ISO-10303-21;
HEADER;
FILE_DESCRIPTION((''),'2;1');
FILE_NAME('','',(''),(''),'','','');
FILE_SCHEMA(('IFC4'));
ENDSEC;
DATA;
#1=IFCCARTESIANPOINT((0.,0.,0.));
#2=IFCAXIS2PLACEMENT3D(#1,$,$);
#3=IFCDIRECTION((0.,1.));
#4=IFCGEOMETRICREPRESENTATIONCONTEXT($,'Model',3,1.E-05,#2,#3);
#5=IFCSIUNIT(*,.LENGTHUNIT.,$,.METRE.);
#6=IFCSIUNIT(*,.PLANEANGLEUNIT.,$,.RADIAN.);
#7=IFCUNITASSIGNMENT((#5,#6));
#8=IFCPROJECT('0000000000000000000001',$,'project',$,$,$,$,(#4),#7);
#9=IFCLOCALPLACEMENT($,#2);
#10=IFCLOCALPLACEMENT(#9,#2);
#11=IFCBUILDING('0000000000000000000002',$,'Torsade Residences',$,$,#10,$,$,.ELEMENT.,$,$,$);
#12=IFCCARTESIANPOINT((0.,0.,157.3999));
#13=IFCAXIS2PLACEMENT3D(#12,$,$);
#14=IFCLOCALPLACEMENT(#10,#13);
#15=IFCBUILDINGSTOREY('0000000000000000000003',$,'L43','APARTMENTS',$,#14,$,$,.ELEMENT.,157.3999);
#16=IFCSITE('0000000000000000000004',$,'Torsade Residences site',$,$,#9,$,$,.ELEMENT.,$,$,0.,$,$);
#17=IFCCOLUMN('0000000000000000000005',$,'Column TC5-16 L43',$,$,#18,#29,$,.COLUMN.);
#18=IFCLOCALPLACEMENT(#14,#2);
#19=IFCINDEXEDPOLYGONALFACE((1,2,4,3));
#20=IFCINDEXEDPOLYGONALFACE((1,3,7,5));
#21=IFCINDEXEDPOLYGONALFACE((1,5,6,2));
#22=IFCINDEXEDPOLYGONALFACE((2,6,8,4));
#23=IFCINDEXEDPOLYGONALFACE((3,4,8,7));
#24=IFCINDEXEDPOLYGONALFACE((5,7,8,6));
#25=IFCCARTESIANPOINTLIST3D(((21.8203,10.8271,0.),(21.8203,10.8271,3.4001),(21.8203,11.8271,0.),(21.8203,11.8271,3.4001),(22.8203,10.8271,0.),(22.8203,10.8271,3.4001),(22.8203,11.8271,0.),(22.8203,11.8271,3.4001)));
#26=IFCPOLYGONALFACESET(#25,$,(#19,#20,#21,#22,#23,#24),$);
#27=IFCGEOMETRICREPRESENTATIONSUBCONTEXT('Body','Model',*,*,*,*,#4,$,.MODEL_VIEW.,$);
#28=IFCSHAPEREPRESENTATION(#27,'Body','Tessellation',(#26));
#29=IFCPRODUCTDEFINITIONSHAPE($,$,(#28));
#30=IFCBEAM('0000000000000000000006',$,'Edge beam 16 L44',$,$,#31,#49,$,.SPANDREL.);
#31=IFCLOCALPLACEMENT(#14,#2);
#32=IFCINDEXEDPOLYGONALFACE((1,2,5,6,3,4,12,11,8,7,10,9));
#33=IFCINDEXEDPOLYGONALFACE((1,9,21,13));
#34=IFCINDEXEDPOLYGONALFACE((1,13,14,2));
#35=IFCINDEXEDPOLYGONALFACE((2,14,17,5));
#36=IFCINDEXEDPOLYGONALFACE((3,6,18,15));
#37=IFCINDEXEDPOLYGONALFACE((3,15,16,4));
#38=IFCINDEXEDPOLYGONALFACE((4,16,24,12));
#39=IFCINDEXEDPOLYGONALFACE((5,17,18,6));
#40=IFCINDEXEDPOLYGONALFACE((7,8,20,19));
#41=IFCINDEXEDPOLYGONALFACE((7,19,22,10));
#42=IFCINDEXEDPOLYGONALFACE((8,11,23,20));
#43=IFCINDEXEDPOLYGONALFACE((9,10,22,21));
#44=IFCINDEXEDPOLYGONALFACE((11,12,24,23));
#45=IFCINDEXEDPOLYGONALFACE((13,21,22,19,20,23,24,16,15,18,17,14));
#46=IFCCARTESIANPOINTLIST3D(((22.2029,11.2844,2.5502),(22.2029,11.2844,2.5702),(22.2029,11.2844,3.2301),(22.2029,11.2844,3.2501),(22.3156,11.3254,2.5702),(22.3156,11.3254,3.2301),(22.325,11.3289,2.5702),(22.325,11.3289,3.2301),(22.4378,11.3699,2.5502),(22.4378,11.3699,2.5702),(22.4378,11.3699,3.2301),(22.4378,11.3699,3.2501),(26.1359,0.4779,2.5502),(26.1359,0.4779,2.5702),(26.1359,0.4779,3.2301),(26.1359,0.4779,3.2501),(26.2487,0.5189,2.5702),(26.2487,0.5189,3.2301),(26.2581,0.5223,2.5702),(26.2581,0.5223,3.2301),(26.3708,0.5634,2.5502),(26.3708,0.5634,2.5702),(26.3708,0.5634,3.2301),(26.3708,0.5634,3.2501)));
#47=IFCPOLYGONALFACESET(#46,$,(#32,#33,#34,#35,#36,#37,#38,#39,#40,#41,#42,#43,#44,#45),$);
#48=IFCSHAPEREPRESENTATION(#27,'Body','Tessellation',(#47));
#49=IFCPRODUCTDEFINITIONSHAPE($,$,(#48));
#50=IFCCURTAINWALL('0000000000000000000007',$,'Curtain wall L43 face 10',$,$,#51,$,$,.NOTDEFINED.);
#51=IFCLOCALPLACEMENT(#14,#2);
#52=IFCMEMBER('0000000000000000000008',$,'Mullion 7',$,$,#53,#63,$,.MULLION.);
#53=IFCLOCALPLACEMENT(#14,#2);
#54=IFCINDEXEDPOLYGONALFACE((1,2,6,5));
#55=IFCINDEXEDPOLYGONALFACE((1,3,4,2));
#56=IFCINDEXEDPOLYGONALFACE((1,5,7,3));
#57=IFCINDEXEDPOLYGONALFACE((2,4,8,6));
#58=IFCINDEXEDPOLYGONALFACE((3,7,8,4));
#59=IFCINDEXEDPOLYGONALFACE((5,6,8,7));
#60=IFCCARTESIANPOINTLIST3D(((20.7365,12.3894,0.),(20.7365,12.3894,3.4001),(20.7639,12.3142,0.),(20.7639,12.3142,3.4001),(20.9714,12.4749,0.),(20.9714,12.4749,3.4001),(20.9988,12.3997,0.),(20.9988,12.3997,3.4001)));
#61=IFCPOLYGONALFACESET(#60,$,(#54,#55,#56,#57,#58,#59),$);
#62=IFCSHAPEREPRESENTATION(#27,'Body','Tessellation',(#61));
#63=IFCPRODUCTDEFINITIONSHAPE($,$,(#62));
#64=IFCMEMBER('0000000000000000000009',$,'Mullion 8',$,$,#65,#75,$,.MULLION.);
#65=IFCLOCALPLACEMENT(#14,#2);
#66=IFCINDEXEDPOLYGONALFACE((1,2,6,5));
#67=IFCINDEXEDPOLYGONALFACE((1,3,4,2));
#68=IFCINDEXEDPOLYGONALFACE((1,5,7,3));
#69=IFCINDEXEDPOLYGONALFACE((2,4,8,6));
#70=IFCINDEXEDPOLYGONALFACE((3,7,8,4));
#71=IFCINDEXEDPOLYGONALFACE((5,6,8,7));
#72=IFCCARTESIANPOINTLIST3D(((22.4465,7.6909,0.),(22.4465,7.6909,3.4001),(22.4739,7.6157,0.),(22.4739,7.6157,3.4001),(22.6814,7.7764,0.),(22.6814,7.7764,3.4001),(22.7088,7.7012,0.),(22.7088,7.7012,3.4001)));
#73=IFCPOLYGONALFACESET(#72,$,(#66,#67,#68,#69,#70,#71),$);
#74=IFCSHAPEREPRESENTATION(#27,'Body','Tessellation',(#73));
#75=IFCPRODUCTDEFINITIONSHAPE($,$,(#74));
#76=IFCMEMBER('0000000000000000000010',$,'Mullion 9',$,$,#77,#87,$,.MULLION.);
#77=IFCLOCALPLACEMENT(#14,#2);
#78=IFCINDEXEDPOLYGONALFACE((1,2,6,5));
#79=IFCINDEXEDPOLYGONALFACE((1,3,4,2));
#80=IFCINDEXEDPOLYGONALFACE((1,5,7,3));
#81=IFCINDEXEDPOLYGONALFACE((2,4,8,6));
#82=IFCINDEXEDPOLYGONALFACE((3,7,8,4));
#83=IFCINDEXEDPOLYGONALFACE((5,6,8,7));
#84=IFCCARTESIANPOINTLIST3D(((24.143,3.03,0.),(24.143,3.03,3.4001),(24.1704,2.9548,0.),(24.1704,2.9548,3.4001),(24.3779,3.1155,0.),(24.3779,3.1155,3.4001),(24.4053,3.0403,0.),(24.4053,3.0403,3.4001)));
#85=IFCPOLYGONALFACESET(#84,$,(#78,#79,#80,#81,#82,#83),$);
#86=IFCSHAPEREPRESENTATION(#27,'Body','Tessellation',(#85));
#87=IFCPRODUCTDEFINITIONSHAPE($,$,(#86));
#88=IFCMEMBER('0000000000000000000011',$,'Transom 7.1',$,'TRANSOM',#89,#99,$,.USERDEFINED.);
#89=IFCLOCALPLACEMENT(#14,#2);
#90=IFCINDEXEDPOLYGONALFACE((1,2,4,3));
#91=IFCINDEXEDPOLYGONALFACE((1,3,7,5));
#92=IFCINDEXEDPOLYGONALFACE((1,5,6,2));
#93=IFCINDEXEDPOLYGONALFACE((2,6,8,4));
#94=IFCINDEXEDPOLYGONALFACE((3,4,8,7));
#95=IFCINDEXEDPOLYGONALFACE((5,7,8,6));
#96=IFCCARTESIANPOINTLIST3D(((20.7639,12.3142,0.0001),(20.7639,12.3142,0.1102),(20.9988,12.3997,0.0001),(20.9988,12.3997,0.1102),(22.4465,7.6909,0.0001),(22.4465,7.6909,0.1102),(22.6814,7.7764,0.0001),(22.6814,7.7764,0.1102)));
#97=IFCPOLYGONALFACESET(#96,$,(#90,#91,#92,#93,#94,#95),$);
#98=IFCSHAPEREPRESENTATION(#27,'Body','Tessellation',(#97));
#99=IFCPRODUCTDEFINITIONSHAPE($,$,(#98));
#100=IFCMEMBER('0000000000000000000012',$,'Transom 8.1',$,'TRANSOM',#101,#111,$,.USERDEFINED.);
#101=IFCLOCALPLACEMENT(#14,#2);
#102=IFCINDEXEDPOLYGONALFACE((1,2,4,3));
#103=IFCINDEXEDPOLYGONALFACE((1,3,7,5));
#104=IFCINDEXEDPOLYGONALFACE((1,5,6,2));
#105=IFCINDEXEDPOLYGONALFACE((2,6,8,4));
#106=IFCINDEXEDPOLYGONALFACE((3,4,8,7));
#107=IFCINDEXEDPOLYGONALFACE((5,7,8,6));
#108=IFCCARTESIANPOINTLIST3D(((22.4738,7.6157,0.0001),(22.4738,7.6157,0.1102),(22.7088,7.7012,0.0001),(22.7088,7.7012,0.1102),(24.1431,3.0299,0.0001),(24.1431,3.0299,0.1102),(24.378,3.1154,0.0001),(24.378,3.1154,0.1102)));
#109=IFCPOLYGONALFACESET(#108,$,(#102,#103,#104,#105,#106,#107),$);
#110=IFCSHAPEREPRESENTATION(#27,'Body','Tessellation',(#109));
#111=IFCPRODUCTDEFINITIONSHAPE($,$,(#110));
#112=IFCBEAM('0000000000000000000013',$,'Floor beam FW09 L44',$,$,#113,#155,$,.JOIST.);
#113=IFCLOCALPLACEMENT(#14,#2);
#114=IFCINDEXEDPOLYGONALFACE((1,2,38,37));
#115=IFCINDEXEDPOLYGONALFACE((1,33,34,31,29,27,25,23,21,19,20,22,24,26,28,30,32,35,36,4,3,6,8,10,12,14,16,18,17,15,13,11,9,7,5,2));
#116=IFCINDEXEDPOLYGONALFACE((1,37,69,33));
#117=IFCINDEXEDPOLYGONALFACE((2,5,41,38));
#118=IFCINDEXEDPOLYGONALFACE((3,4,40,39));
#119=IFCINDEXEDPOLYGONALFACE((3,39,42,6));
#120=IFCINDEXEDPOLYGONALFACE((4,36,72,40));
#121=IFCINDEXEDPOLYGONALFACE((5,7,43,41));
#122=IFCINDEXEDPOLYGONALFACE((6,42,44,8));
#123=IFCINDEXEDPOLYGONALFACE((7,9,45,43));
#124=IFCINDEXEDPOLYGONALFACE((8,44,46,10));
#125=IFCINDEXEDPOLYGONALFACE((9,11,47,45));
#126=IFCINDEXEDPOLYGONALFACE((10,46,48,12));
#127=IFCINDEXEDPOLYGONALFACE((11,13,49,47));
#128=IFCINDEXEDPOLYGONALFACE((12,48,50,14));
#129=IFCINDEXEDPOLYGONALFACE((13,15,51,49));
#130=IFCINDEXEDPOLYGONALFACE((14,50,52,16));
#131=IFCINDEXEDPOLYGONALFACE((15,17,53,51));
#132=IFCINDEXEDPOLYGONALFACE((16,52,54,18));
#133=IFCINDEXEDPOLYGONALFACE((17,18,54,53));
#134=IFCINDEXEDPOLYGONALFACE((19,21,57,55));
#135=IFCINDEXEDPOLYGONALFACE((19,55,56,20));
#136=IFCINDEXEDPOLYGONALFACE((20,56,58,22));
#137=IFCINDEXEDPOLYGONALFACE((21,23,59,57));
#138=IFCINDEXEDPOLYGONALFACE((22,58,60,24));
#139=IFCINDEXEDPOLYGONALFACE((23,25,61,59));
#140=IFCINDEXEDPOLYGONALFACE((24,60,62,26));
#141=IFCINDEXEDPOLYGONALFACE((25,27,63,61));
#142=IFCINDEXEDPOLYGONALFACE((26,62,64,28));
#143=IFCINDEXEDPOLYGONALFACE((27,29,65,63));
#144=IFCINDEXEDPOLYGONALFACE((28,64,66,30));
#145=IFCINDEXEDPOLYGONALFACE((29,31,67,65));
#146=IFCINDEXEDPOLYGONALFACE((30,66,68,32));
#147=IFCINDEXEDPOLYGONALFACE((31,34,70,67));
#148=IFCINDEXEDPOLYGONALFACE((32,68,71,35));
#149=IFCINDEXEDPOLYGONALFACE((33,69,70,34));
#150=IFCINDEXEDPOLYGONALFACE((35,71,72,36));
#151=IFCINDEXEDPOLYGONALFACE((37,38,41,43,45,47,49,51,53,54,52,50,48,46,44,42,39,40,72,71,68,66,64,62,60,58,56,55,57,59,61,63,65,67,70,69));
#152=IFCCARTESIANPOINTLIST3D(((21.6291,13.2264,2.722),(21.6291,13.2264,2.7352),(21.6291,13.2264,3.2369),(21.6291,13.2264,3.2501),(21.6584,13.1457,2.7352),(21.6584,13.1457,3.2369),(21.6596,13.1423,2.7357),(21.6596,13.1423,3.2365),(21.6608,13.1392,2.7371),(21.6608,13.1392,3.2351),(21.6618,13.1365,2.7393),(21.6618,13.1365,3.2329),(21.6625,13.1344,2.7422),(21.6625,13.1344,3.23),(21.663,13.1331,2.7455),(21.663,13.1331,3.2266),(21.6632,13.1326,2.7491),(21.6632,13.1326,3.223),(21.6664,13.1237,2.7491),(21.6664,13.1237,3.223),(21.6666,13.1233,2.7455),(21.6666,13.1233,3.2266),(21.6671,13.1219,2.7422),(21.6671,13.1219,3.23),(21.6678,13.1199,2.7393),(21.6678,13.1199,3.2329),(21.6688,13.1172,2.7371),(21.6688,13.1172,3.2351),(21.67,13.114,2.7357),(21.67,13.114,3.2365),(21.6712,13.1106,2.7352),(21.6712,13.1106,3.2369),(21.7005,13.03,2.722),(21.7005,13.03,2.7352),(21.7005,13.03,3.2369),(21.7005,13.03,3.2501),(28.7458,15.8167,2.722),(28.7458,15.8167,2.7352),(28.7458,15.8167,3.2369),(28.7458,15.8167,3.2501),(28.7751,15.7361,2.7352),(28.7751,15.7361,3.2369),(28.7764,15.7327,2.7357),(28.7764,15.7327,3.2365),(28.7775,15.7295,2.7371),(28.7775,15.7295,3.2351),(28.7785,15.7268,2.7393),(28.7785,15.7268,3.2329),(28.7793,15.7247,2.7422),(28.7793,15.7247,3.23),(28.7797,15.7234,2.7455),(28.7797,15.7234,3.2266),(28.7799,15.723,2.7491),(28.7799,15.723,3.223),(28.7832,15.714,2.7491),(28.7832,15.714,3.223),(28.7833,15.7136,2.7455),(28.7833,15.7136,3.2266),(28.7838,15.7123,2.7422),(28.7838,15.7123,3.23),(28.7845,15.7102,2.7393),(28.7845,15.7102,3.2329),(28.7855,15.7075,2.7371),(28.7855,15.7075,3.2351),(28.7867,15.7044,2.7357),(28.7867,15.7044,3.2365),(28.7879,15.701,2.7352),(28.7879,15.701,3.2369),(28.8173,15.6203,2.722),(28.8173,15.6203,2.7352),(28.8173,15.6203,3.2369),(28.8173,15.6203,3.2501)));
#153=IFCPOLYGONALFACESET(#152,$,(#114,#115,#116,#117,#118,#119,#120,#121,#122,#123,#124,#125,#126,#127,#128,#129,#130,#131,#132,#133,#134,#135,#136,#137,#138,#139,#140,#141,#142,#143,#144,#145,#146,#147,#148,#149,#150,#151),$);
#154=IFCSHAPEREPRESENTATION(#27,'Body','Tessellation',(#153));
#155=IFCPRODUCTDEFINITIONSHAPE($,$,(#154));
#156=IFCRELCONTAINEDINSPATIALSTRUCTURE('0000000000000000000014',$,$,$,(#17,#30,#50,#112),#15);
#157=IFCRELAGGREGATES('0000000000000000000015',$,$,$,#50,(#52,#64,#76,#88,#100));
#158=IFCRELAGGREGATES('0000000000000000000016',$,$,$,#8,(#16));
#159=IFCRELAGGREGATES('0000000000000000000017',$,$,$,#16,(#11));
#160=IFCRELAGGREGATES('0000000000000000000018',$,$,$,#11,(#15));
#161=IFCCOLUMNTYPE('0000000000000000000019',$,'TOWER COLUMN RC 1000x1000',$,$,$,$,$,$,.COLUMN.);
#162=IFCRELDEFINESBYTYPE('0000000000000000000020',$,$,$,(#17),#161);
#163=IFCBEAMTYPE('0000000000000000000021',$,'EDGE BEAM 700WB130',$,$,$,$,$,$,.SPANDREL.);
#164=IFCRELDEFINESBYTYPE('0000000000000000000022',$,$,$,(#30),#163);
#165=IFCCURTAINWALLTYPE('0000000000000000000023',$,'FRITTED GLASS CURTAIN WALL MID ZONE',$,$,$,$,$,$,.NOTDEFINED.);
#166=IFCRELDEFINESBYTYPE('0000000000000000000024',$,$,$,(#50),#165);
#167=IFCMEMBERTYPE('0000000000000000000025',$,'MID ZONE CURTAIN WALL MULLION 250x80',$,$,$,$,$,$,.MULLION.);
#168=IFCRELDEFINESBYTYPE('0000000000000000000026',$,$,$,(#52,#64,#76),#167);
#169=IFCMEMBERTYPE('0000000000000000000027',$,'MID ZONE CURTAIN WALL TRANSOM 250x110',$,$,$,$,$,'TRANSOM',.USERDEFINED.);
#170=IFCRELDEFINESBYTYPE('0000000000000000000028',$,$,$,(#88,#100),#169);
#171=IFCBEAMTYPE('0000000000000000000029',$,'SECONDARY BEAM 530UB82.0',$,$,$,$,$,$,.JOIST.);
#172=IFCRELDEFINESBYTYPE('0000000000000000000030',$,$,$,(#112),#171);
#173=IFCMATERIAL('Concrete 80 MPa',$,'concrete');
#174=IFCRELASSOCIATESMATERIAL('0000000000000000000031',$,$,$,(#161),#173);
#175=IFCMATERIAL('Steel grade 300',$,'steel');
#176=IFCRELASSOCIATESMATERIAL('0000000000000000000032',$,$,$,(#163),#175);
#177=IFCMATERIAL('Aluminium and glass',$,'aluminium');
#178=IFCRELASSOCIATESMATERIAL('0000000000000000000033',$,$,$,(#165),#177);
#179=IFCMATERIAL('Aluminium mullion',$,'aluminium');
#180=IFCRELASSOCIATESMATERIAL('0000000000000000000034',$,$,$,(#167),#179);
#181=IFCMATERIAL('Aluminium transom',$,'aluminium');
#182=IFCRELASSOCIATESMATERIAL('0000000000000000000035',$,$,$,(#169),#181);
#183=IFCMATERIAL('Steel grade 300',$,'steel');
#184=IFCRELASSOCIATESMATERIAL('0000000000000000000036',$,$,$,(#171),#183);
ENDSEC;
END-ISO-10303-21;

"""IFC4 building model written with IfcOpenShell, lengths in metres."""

from ifc_helpers import new_model, si_unit, direction, frame, origin, origin_2d, place, context, subcontext, project, spatial, rectangle, i_section, extrude, material, material_profile, profile_set, type_object, element, aggregate, save


model = new_model("IFC4")

# Units and contexts
model_context = context("Model", 3, precision=1e-05, world=origin(), true_north=direction((0.0, 1.0)))
body_context = subcontext(model_context, "Body", "Model", "MODEL_VIEW")
ifc_project = project(units=[si_unit("LENGTHUNIT", "METRE"), si_unit("PLANEANGLEUNIT", "RADIAN")], contexts=[model_context])

# Site, building, storey
site_placement = place(None, origin())
site = spatial("IfcSite", under=ifc_project, at=site_placement, Name="Torsade Residences site", CompositionType="ELEMENT", RefElevation=0.0)
building_placement = place(site_placement, origin())
building = spatial("IfcBuilding", under=site, at=building_placement, Name="Torsade Residences", CompositionType="ELEMENT")
storey_placement = place(building_placement, frame((0.0, 0.0, 157.3999)))
storey = spatial("IfcBuildingStorey", under=building, at=storey_placement, Name="L43", Description="APARTMENTS", CompositionType="ELEMENT", Elevation=157.3999)

# Column
ifc_material_1 = material(Name="Concrete 80 MPa", Category="concrete")
ifc_material_profile_1 = material_profile(ifc_material_1, rectangle(XDim=1.0, YDim=1.0, at=origin_2d()), Name="RC 1000x1000")
ifc_profile_set_1 = profile_set([ifc_material_profile_1], Name="Concrete 80 MPa")
column_type = type_object("IfcColumnType", Name="TOWER COLUMN RC 1000x1000", PredefinedType="COLUMN", material=ifc_profile_set_1)
column_placement = place(storey_placement, frame((22.3203, 11.3271, 0.0), z_axis=(0.0, 0.0, 1.0), x_axis=(1.0, 0.0, 0.0)))
element("IfcColumn", 1, at=column_placement, inside=storey, type_object=column_type, Name="Column TC5-16 L43", PredefinedType="COLUMN", context=body_context, shape_type="SweptSolid", body=[
    extrude(rectangle(XDim=1.0, YDim=1.0, at=origin_2d()), origin(), (0.0, 0.0, 1.0), 3.4001),
])

# Beam
ifc_material_2 = material(Name="Steel grade 300", Category="steel")
ifc_material_profile_2 = material_profile(ifc_material_2, i_section(OverallWidth=0.25, OverallDepth=0.7, WebThickness=0.01, FlangeThickness=0.02, at=origin_2d()), Name="700WB130")
ifc_profile_set_2 = profile_set([ifc_material_profile_2], Name="Steel grade 300")
beam_type_1 = type_object("IfcBeamType", Name="EDGE BEAM 700WB130", PredefinedType="SPANDREL", material=ifc_profile_set_2)
beam_1_placement = place(storey_placement, frame((22.3203, 11.3271, 2.9001), z_axis=(0.342006, -0.939698, 0.0), x_axis=(0.939698, 0.342006, 0.0)))
element("IfcBeam", 2, at=beam_1_placement, inside=storey, type_object=beam_type_1, Name="Edge beam 16 L44", PredefinedType="SPANDREL", context=body_context, shape_type="SweptSolid", body=[
    extrude(i_section(OverallWidth=0.25, OverallDepth=0.7, WebThickness=0.01, FlangeThickness=0.02, at=origin_2d()), origin(), (0.0, 0.0, 1.0), 11.5),
])

# Curtain wall, members
ifc_material_3 = material(Name="Aluminium and glass", Category="aluminium")
curtain_wall_type = type_object("IfcCurtainWallType", Name="FRITTED GLASS CURTAIN WALL MID ZONE", PredefinedType="NOTDEFINED", material=ifc_material_3)
curtain_wall_placement = place(storey_placement, origin())
curtain_wall = element("IfcCurtainWall", 3, at=curtain_wall_placement, inside=storey, type_object=curtain_wall_type, Name="Curtain wall L43 face 10", PredefinedType="NOTDEFINED")
ifc_material_4 = material(Name="Aluminium mullion", Category="aluminium")
ifc_material_profile_3 = material_profile(ifc_material_4, rectangle(XDim=0.25, YDim=0.0801, at=origin_2d()), Name="MID ZONE CURTAIN WALL MULLION 250x80")
ifc_profile_set_3 = profile_set([ifc_material_profile_3], Name="Aluminium mullion")
member_type_1 = type_object("IfcMemberType", Name="MID ZONE CURTAIN WALL MULLION 250x80", PredefinedType="MULLION", material=ifc_profile_set_3)
member_1_placement = place(storey_placement, frame((20.8677, 12.3945, 0.0), z_axis=(0.0, 0.0, 1.0), x_axis=(0.939693, 0.34202, 0.0)))
member_1 = element("IfcMember", 4, at=member_1_placement, type_object=member_type_1, Name="Mullion 7", PredefinedType="MULLION", context=body_context, shape_type="SweptSolid", body=[
    extrude(rectangle(XDim=0.25, YDim=0.0801, at=origin_2d()), origin(), (0.0, 0.0, 1.0), 3.4001),
])
member_2_placement = place(storey_placement, frame((22.5776, 7.696, 0.0), z_axis=(0.0, 0.0, 1.0), x_axis=(0.939693, 0.34202, 0.0)))
member_2 = element("IfcMember", 5, at=member_2_placement, type_object=member_type_1, Name="Mullion 8", PredefinedType="MULLION", context=body_context, shape_type="SweptSolid", body=[
    extrude(rectangle(XDim=0.25, YDim=0.0801, at=origin_2d()), origin(), (0.0, 0.0, 1.0), 3.4001),
])
member_3_placement = place(storey_placement, frame((24.2742, 3.0352, 0.0), z_axis=(0.0, 0.0, 1.0), x_axis=(0.939693, 0.34202, 0.0)))
member_3 = element("IfcMember", 6, at=member_3_placement, type_object=member_type_1, Name="Mullion 9", PredefinedType="MULLION", context=body_context, shape_type="SweptSolid", body=[
    extrude(rectangle(XDim=0.25, YDim=0.0801, at=origin_2d()), origin(), (0.0, 0.0, 1.0), 3.4001),
])
ifc_material_5 = material(Name="Aluminium transom", Category="aluminium")
ifc_material_profile_4 = material_profile(ifc_material_5, rectangle(XDim=0.25, YDim=0.1101, at=origin_2d()), Name="MID ZONE CURTAIN WALL TRANSOM 250x110")
ifc_profile_set_4 = profile_set([ifc_material_profile_4], Name="Aluminium transom")
member_type_2 = type_object("IfcMemberType", Name="MID ZONE CURTAIN WALL TRANSOM 250x110", ElementType="TRANSOM", PredefinedType="USERDEFINED", material=ifc_profile_set_4)
member_4_placement = place(storey_placement, frame((20.8813, 12.3569, 0.0552), z_axis=(0.341998, -0.939701, 0.0), x_axis=(0.939701, 0.341998, 0.0)))
member_4 = element("IfcMember", 7, at=member_4_placement, type_object=member_type_2, Name="Transom 7.1", ObjectType="TRANSOM", PredefinedType="USERDEFINED", context=body_context, shape_type="SweptSolid", body=[
    extrude(rectangle(XDim=0.25, YDim=0.1101, at=origin_2d()), origin(), (0.0, 0.0, 1.0), 4.9199),
])
member_5_placement = place(storey_placement, frame((22.5913, 7.6584, 0.0552), z_axis=(0.342044, -0.939684, 0.0), x_axis=(0.939684, 0.342044, 0.0)))
member_5 = element("IfcMember", 8, at=member_5_placement, type_object=member_type_2, Name="Transom 8.1", ObjectType="TRANSOM", PredefinedType="USERDEFINED", context=body_context, shape_type="SweptSolid", body=[
    extrude(rectangle(XDim=0.25, YDim=0.1101, at=origin_2d()), origin(), (0.0, 0.0, 1.0), 4.8801),
])

# Beam
ifc_material_6 = material(Name="Steel grade 300", Category="steel")
ifc_material_profile_5 = material_profile(ifc_material_6, i_section(OverallWidth=0.209, OverallDepth=0.5281, WebThickness=0.0095, FlangeThickness=0.0132, FilletRadius=0.0139, at=origin_2d()), Name="530UB82.0")
ifc_profile_set_5 = profile_set([ifc_material_profile_5], Name="Steel grade 300")
beam_type_2 = type_object("IfcBeamType", Name="SECONDARY BEAM 530UB82.0", PredefinedType="JOIST", material=ifc_profile_set_5)
beam_2_placement = place(storey_placement, frame((21.6648, 13.1282, 2.9861), z_axis=(0.93969, 0.342028, 0.0), x_axis=(-0.342028, 0.93969, 0.0)))
element("IfcBeam", 9, at=beam_2_placement, inside=storey, type_object=beam_type_2, Name="Floor beam FW09 L44", PredefinedType="JOIST", context=body_context, shape_type="SweptSolid", body=[
    extrude(i_section(OverallWidth=0.209, OverallDepth=0.5281, WebThickness=0.0095, FlangeThickness=0.0132, FilletRadius=0.0139, at=origin_2d()), origin(), (0.0, 0.0, 1.0), 7.5735),
])

aggregate(curtain_wall, [member_1, member_2, member_3, member_4, member_5])

save(model, "model.ifc")
